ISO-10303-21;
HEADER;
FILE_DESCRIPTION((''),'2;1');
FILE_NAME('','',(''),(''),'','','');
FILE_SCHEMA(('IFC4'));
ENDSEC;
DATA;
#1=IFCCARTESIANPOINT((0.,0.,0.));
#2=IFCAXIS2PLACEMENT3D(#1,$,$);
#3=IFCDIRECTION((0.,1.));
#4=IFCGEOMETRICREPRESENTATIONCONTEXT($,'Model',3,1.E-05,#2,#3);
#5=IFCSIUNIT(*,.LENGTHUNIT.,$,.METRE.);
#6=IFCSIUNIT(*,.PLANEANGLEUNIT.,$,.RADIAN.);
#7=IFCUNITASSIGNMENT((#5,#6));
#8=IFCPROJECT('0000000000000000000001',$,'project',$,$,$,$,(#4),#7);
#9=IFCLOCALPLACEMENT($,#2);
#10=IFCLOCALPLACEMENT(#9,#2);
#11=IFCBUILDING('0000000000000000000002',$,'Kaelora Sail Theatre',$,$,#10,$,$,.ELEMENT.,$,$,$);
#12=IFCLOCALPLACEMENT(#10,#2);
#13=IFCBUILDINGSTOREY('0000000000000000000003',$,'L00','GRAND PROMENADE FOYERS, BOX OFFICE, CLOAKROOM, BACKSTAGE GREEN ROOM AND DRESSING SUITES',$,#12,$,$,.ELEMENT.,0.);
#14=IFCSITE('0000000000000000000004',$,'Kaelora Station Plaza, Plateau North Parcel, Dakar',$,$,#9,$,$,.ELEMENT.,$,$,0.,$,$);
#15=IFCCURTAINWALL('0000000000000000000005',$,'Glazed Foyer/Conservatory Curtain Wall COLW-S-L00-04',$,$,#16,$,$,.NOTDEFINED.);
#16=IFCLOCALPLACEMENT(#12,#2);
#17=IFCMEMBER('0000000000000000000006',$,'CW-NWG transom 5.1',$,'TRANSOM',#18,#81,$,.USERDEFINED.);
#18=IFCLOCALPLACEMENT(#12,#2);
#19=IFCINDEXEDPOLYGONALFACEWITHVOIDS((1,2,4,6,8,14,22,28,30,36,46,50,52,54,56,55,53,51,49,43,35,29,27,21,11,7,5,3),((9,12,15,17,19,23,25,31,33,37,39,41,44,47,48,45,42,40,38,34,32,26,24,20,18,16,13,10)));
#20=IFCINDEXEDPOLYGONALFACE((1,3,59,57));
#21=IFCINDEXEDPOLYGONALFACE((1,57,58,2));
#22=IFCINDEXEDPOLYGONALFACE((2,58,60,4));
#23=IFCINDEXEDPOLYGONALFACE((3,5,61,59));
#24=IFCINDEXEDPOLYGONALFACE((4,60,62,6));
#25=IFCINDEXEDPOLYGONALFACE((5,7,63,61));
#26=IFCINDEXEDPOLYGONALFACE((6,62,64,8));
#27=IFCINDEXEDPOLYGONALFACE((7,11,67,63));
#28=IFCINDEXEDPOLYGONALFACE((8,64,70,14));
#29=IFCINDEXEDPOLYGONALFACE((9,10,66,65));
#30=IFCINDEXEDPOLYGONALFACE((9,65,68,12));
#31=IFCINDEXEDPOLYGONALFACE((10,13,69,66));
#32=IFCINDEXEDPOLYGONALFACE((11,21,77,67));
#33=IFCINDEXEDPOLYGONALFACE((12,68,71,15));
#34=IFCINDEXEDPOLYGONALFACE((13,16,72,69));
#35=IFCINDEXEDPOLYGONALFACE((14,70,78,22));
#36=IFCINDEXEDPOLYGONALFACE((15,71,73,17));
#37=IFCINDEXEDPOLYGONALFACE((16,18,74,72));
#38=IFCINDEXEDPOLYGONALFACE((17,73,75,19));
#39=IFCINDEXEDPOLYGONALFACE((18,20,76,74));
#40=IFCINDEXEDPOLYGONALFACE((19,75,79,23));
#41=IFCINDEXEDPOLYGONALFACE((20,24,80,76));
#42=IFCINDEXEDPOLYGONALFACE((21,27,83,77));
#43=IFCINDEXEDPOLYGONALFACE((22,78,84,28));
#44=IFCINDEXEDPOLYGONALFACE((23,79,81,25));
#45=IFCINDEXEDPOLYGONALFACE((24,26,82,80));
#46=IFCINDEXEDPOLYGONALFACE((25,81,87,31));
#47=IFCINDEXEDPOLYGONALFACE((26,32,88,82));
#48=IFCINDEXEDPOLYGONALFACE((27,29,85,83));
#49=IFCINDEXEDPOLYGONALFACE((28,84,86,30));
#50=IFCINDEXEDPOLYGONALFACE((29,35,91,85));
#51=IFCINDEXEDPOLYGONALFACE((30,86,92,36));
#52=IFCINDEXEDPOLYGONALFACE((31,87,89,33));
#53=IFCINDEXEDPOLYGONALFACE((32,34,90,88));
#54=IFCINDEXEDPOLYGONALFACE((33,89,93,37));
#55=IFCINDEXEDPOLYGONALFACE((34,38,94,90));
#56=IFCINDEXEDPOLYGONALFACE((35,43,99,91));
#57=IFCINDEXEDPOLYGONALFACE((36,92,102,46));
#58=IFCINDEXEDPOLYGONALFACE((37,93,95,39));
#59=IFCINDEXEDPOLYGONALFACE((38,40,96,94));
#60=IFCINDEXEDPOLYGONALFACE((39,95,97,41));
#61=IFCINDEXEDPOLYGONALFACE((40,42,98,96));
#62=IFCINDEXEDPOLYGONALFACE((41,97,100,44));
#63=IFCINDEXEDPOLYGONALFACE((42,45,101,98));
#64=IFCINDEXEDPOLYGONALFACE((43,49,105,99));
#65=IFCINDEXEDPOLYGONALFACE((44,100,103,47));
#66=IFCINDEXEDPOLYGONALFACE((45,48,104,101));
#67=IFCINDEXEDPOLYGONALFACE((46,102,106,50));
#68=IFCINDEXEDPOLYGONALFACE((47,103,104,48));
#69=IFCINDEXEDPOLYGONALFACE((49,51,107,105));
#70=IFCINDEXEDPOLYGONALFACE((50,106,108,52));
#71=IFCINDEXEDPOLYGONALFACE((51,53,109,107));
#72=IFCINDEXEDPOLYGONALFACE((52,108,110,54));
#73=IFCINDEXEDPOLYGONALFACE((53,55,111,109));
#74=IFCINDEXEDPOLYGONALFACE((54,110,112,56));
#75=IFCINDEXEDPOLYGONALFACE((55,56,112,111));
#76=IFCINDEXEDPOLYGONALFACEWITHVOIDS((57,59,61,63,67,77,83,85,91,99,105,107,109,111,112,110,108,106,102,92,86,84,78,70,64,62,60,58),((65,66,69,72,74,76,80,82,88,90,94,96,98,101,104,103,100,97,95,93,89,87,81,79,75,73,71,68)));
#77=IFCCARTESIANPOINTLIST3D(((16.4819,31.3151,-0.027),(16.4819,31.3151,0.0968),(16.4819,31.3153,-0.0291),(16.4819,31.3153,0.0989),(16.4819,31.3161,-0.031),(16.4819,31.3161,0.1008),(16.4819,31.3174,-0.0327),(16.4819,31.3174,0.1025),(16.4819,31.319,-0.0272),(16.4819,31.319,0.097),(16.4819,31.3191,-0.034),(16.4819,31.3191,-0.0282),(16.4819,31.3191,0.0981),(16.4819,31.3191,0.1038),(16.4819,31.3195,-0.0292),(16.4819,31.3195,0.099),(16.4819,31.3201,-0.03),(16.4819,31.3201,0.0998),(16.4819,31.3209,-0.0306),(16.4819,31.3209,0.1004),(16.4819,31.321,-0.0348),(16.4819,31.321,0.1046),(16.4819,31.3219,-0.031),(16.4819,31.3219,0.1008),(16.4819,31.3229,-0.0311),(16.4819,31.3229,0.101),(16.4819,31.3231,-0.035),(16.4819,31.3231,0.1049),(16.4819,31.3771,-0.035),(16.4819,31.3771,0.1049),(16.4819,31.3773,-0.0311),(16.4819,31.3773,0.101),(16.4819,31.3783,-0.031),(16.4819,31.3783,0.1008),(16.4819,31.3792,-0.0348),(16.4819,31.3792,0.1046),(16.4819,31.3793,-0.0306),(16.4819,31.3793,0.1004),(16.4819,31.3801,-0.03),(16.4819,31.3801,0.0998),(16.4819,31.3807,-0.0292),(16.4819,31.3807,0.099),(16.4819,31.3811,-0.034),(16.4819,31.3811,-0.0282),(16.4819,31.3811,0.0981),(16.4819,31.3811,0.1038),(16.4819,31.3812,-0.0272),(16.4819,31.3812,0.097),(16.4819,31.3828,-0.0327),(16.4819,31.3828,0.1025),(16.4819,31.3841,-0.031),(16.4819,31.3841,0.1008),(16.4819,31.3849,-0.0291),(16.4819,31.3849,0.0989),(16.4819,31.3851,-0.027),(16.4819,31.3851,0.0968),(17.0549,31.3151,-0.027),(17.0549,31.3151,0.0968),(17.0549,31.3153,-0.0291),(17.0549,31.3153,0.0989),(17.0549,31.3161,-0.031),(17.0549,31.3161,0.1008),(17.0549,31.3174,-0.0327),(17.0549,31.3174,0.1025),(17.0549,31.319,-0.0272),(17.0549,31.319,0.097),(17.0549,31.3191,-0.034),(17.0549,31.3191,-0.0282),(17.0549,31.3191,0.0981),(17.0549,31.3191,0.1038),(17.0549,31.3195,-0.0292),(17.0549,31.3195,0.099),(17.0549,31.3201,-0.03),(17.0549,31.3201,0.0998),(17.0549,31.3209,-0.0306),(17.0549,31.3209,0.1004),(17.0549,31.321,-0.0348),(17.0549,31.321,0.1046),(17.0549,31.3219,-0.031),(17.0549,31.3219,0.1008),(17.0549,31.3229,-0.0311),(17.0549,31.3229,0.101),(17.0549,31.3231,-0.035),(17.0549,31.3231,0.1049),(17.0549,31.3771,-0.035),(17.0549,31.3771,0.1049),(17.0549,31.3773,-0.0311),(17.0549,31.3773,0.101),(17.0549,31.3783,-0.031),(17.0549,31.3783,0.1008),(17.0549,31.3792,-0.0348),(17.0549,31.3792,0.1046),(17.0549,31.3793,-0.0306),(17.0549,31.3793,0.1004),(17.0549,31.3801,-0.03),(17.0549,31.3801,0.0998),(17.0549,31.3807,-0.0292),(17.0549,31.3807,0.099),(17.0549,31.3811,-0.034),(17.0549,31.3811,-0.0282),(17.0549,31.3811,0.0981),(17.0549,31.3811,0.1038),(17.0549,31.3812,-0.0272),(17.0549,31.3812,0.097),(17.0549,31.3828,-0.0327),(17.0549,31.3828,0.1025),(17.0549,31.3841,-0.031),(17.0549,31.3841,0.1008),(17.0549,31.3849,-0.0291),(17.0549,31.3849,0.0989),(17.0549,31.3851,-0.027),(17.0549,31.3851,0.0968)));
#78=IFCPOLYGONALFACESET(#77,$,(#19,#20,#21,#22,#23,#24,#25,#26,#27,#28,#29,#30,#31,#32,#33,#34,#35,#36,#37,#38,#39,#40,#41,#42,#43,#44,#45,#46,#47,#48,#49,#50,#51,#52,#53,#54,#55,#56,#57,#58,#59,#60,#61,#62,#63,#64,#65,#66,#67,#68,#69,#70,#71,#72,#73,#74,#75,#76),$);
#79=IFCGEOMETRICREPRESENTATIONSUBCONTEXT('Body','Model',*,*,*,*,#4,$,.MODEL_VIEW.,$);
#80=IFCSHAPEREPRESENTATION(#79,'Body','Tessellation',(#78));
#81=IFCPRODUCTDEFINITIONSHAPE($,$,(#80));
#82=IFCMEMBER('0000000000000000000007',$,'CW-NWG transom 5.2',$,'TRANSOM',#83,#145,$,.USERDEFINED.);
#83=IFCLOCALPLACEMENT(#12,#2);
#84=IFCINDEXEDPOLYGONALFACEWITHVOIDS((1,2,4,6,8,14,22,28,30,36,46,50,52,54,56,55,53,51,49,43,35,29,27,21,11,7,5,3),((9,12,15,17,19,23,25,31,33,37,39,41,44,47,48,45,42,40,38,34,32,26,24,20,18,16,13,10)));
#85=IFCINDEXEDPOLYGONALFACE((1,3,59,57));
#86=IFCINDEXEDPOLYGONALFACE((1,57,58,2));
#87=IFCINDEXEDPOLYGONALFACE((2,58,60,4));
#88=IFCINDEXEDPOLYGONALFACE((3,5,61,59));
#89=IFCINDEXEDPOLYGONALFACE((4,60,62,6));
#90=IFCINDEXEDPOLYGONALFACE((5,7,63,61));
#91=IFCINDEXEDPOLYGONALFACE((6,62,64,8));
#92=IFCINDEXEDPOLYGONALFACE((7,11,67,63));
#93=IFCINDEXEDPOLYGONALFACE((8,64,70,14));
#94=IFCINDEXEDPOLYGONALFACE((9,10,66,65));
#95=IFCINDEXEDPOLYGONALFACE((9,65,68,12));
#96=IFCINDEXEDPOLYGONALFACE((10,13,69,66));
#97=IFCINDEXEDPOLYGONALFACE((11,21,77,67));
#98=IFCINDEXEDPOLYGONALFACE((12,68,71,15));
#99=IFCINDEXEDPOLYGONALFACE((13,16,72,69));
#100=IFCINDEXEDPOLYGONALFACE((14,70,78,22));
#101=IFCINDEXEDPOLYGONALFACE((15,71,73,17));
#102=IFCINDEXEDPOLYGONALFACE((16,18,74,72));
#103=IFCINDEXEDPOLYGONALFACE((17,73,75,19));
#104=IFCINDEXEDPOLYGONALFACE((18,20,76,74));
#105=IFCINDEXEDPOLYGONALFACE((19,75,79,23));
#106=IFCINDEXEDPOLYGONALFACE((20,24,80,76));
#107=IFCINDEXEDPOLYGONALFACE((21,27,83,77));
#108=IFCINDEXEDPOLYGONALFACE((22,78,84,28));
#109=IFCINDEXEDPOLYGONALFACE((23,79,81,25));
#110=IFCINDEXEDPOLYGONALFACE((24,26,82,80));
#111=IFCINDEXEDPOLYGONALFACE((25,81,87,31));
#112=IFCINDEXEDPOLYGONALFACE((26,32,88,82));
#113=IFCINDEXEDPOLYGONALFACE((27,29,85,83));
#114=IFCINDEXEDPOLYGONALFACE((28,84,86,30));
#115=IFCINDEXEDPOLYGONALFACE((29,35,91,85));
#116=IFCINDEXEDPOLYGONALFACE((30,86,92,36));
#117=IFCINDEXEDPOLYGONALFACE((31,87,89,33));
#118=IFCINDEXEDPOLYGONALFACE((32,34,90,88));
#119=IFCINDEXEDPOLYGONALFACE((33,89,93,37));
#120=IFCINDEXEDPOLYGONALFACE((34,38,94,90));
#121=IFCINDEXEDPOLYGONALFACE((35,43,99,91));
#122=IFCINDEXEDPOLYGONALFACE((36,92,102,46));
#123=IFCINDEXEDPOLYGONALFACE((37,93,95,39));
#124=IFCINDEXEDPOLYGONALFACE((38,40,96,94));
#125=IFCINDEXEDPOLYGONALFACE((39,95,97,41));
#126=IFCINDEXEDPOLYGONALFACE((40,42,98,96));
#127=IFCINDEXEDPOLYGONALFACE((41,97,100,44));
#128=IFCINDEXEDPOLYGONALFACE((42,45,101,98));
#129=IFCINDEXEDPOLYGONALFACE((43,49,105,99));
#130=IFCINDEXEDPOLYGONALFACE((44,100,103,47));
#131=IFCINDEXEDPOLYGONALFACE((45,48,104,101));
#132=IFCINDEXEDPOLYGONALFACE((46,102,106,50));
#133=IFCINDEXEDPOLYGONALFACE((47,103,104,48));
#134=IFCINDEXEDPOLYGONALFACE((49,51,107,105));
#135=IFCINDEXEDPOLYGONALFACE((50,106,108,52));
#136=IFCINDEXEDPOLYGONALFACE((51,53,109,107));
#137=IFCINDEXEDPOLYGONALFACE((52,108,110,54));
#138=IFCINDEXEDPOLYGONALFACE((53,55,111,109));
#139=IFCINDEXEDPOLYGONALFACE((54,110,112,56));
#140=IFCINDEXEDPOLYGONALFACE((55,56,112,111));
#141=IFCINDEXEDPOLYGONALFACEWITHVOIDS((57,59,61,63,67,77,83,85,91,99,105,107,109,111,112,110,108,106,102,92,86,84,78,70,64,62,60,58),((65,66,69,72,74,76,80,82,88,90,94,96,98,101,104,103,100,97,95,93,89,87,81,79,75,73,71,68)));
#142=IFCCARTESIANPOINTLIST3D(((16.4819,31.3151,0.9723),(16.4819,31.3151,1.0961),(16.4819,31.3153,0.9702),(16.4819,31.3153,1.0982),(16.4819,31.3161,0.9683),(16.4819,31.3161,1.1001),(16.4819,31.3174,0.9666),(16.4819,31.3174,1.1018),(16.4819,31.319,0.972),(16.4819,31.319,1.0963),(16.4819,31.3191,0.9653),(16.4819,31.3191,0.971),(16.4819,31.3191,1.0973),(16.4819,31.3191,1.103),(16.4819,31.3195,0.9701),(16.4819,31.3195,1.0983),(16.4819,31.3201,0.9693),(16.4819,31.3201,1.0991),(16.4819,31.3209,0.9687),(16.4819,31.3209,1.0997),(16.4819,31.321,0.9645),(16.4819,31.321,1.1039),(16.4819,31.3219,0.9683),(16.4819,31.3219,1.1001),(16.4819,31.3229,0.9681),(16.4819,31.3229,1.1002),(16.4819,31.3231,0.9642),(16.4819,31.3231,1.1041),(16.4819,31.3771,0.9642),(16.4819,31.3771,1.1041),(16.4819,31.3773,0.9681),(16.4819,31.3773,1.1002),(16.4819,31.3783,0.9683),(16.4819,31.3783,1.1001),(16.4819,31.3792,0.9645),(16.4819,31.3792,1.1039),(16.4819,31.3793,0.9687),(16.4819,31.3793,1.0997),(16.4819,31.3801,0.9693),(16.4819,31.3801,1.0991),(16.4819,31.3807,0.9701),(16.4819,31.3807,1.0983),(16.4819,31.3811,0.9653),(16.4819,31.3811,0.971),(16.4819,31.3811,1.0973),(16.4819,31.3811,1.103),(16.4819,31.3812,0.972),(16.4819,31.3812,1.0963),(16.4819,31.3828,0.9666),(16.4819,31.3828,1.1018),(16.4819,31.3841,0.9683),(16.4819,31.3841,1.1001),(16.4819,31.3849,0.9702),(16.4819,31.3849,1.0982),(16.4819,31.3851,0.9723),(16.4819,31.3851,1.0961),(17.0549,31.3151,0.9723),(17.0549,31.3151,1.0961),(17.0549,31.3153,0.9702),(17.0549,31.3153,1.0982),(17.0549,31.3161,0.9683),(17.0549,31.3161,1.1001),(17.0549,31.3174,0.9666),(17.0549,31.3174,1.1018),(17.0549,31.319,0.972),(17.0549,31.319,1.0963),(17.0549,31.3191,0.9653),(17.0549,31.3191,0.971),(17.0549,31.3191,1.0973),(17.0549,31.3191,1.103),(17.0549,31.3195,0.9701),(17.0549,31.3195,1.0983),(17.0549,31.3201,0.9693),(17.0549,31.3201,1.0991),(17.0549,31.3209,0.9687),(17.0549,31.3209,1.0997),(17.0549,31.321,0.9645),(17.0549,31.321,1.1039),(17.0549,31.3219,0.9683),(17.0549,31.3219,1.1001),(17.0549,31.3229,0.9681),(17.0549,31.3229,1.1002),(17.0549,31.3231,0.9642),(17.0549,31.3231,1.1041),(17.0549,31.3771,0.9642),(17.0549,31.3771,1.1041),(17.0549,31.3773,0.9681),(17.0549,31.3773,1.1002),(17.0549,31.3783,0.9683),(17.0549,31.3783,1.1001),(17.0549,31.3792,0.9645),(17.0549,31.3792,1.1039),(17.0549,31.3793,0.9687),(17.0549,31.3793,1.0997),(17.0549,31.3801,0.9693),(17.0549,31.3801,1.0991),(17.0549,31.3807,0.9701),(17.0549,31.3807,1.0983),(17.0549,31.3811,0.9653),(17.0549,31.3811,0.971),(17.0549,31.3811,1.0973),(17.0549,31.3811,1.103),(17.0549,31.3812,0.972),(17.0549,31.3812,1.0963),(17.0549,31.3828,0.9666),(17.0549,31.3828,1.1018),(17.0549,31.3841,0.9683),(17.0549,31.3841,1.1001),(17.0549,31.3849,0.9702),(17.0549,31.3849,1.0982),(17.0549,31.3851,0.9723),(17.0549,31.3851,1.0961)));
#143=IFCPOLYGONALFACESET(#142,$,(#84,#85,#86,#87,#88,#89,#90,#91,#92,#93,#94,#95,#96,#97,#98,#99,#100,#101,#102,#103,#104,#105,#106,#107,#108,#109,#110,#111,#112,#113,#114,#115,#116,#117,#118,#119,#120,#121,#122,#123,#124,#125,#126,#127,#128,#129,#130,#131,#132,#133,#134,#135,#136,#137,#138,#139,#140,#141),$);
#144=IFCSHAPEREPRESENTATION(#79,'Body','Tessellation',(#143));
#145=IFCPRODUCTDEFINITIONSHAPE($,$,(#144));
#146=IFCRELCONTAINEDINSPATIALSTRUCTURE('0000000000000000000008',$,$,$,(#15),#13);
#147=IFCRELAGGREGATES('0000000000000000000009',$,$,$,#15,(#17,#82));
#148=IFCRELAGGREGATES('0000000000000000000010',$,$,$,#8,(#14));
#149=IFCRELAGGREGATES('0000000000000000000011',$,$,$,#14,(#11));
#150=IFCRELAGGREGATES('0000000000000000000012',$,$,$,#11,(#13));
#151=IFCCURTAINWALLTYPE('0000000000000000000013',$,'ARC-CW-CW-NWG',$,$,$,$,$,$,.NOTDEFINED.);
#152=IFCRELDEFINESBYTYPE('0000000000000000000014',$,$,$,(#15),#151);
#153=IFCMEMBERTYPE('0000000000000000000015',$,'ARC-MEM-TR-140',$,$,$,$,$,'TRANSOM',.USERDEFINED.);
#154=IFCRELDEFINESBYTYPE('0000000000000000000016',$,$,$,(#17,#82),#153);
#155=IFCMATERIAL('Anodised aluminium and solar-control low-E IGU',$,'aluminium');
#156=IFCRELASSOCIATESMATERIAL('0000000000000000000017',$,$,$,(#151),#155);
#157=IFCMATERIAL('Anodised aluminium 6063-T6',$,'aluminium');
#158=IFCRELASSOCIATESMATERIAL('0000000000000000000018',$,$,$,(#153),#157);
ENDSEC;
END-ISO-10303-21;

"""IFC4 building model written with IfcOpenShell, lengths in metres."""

from ifc_helpers import new_model, si_unit, direction, frame, origin, origin_2d, place, context, subcontext, project, spatial, hollow_rectangle, extrude, material, material_profile, profile_set, type_object, element, aggregate, save


model = new_model("IFC4")

# Units and contexts
model_context = context("Model", 3, precision=1e-05, world=origin(), true_north=direction((0.0, 1.0)))
body_context = subcontext(model_context, "Body", "Model", "MODEL_VIEW")
ifc_project = project(units=[si_unit("LENGTHUNIT", "METRE"), si_unit("PLANEANGLEUNIT", "RADIAN")], contexts=[model_context])

# Site, building, storey
site_placement = place(None, origin())
site = spatial("IfcSite", under=ifc_project, at=site_placement, Name="Kaelora Station Plaza, Plateau North Parcel, Dakar", CompositionType="ELEMENT", RefElevation=0.0)
building_placement = place(site_placement, origin())
building = spatial("IfcBuilding", under=site, at=building_placement, Name="Kaelora Sail Theatre", CompositionType="ELEMENT")
storey_placement = place(building_placement, origin())
storey = spatial("IfcBuildingStorey", under=building, at=storey_placement, Name="L00", Description="GRAND PROMENADE FOYERS, BOX OFFICE, CLOAKROOM, BACKSTAGE GREEN ROOM AND DRESSING SUITES", CompositionType="ELEMENT", Elevation=0.0)

# Curtain wall, members
ifc_material_1 = material(Name="Anodised aluminium and solar-control low-E IGU", Category="aluminium")
curtain_wall_type = type_object("IfcCurtainWallType", Name="ARC-CW-CW-NWG", PredefinedType="NOTDEFINED", material=ifc_material_1)
curtain_wall_placement = place(storey_placement, origin())
curtain_wall = element("IfcCurtainWall", 1, at=curtain_wall_placement, inside=storey, type_object=curtain_wall_type, Name="Glazed Foyer/Conservatory Curtain Wall COLW-S-L00-04", PredefinedType="NOTDEFINED")
ifc_material_2 = material(Name="Anodised aluminium 6063-T6", Category="aluminium")
ifc_material_profile_1 = material_profile(ifc_material_2, hollow_rectangle(XDim=0.0701, YDim=0.1399, WallThickness=0.0039, InnerFilletRadius=0.0039, OuterFilletRadius=0.0081, at=origin_2d()), Name="ALU-TRAN 70x140x4")
ifc_profile_set_1 = profile_set([ifc_material_profile_1], Name="Anodised aluminium 6063-T6")
member_type_1 = type_object("IfcMemberType", Name="ARC-MEM-TR-140", ElementType="TRANSOM", PredefinedType="USERDEFINED", material=ifc_profile_set_1)
member_1_placement = place(storey_placement, frame((16.4819, 31.3501, 0.0349), z_axis=(1.0, 0.0, 0.0), x_axis=(0.0, 1.0, 0.0)))
member_1 = element("IfcMember", 2, at=member_1_placement, type_object=member_type_1, Name="CW-NWG transom 5.1", ObjectType="TRANSOM", PredefinedType="USERDEFINED", context=body_context, shape_type="SweptSolid", body=[
    extrude(hollow_rectangle(XDim=0.0701, YDim=0.1399, WallThickness=0.0039, InnerFilletRadius=0.0039, OuterFilletRadius=0.0081, at=origin_2d()), origin(), (0.0, 0.0, 1.0), 0.573),
])
member_2_placement = place(storey_placement, frame((16.4819, 31.3501, 1.0342), z_axis=(1.0, 0.0, 0.0), x_axis=(0.0, 1.0, 0.0)))
member_2 = element("IfcMember", 3, at=member_2_placement, type_object=member_type_1, Name="CW-NWG transom 5.2", ObjectType="TRANSOM", PredefinedType="USERDEFINED", context=body_context, shape_type="SweptSolid", body=[
    extrude(hollow_rectangle(XDim=0.0701, YDim=0.1399, WallThickness=0.0039, InnerFilletRadius=0.0039, OuterFilletRadius=0.0081, at=origin_2d()), origin(), (0.0, 0.0, 1.0), 0.573),
])
aggregate(curtain_wall, [member_1, member_2])

save(model, "model.ifc")
